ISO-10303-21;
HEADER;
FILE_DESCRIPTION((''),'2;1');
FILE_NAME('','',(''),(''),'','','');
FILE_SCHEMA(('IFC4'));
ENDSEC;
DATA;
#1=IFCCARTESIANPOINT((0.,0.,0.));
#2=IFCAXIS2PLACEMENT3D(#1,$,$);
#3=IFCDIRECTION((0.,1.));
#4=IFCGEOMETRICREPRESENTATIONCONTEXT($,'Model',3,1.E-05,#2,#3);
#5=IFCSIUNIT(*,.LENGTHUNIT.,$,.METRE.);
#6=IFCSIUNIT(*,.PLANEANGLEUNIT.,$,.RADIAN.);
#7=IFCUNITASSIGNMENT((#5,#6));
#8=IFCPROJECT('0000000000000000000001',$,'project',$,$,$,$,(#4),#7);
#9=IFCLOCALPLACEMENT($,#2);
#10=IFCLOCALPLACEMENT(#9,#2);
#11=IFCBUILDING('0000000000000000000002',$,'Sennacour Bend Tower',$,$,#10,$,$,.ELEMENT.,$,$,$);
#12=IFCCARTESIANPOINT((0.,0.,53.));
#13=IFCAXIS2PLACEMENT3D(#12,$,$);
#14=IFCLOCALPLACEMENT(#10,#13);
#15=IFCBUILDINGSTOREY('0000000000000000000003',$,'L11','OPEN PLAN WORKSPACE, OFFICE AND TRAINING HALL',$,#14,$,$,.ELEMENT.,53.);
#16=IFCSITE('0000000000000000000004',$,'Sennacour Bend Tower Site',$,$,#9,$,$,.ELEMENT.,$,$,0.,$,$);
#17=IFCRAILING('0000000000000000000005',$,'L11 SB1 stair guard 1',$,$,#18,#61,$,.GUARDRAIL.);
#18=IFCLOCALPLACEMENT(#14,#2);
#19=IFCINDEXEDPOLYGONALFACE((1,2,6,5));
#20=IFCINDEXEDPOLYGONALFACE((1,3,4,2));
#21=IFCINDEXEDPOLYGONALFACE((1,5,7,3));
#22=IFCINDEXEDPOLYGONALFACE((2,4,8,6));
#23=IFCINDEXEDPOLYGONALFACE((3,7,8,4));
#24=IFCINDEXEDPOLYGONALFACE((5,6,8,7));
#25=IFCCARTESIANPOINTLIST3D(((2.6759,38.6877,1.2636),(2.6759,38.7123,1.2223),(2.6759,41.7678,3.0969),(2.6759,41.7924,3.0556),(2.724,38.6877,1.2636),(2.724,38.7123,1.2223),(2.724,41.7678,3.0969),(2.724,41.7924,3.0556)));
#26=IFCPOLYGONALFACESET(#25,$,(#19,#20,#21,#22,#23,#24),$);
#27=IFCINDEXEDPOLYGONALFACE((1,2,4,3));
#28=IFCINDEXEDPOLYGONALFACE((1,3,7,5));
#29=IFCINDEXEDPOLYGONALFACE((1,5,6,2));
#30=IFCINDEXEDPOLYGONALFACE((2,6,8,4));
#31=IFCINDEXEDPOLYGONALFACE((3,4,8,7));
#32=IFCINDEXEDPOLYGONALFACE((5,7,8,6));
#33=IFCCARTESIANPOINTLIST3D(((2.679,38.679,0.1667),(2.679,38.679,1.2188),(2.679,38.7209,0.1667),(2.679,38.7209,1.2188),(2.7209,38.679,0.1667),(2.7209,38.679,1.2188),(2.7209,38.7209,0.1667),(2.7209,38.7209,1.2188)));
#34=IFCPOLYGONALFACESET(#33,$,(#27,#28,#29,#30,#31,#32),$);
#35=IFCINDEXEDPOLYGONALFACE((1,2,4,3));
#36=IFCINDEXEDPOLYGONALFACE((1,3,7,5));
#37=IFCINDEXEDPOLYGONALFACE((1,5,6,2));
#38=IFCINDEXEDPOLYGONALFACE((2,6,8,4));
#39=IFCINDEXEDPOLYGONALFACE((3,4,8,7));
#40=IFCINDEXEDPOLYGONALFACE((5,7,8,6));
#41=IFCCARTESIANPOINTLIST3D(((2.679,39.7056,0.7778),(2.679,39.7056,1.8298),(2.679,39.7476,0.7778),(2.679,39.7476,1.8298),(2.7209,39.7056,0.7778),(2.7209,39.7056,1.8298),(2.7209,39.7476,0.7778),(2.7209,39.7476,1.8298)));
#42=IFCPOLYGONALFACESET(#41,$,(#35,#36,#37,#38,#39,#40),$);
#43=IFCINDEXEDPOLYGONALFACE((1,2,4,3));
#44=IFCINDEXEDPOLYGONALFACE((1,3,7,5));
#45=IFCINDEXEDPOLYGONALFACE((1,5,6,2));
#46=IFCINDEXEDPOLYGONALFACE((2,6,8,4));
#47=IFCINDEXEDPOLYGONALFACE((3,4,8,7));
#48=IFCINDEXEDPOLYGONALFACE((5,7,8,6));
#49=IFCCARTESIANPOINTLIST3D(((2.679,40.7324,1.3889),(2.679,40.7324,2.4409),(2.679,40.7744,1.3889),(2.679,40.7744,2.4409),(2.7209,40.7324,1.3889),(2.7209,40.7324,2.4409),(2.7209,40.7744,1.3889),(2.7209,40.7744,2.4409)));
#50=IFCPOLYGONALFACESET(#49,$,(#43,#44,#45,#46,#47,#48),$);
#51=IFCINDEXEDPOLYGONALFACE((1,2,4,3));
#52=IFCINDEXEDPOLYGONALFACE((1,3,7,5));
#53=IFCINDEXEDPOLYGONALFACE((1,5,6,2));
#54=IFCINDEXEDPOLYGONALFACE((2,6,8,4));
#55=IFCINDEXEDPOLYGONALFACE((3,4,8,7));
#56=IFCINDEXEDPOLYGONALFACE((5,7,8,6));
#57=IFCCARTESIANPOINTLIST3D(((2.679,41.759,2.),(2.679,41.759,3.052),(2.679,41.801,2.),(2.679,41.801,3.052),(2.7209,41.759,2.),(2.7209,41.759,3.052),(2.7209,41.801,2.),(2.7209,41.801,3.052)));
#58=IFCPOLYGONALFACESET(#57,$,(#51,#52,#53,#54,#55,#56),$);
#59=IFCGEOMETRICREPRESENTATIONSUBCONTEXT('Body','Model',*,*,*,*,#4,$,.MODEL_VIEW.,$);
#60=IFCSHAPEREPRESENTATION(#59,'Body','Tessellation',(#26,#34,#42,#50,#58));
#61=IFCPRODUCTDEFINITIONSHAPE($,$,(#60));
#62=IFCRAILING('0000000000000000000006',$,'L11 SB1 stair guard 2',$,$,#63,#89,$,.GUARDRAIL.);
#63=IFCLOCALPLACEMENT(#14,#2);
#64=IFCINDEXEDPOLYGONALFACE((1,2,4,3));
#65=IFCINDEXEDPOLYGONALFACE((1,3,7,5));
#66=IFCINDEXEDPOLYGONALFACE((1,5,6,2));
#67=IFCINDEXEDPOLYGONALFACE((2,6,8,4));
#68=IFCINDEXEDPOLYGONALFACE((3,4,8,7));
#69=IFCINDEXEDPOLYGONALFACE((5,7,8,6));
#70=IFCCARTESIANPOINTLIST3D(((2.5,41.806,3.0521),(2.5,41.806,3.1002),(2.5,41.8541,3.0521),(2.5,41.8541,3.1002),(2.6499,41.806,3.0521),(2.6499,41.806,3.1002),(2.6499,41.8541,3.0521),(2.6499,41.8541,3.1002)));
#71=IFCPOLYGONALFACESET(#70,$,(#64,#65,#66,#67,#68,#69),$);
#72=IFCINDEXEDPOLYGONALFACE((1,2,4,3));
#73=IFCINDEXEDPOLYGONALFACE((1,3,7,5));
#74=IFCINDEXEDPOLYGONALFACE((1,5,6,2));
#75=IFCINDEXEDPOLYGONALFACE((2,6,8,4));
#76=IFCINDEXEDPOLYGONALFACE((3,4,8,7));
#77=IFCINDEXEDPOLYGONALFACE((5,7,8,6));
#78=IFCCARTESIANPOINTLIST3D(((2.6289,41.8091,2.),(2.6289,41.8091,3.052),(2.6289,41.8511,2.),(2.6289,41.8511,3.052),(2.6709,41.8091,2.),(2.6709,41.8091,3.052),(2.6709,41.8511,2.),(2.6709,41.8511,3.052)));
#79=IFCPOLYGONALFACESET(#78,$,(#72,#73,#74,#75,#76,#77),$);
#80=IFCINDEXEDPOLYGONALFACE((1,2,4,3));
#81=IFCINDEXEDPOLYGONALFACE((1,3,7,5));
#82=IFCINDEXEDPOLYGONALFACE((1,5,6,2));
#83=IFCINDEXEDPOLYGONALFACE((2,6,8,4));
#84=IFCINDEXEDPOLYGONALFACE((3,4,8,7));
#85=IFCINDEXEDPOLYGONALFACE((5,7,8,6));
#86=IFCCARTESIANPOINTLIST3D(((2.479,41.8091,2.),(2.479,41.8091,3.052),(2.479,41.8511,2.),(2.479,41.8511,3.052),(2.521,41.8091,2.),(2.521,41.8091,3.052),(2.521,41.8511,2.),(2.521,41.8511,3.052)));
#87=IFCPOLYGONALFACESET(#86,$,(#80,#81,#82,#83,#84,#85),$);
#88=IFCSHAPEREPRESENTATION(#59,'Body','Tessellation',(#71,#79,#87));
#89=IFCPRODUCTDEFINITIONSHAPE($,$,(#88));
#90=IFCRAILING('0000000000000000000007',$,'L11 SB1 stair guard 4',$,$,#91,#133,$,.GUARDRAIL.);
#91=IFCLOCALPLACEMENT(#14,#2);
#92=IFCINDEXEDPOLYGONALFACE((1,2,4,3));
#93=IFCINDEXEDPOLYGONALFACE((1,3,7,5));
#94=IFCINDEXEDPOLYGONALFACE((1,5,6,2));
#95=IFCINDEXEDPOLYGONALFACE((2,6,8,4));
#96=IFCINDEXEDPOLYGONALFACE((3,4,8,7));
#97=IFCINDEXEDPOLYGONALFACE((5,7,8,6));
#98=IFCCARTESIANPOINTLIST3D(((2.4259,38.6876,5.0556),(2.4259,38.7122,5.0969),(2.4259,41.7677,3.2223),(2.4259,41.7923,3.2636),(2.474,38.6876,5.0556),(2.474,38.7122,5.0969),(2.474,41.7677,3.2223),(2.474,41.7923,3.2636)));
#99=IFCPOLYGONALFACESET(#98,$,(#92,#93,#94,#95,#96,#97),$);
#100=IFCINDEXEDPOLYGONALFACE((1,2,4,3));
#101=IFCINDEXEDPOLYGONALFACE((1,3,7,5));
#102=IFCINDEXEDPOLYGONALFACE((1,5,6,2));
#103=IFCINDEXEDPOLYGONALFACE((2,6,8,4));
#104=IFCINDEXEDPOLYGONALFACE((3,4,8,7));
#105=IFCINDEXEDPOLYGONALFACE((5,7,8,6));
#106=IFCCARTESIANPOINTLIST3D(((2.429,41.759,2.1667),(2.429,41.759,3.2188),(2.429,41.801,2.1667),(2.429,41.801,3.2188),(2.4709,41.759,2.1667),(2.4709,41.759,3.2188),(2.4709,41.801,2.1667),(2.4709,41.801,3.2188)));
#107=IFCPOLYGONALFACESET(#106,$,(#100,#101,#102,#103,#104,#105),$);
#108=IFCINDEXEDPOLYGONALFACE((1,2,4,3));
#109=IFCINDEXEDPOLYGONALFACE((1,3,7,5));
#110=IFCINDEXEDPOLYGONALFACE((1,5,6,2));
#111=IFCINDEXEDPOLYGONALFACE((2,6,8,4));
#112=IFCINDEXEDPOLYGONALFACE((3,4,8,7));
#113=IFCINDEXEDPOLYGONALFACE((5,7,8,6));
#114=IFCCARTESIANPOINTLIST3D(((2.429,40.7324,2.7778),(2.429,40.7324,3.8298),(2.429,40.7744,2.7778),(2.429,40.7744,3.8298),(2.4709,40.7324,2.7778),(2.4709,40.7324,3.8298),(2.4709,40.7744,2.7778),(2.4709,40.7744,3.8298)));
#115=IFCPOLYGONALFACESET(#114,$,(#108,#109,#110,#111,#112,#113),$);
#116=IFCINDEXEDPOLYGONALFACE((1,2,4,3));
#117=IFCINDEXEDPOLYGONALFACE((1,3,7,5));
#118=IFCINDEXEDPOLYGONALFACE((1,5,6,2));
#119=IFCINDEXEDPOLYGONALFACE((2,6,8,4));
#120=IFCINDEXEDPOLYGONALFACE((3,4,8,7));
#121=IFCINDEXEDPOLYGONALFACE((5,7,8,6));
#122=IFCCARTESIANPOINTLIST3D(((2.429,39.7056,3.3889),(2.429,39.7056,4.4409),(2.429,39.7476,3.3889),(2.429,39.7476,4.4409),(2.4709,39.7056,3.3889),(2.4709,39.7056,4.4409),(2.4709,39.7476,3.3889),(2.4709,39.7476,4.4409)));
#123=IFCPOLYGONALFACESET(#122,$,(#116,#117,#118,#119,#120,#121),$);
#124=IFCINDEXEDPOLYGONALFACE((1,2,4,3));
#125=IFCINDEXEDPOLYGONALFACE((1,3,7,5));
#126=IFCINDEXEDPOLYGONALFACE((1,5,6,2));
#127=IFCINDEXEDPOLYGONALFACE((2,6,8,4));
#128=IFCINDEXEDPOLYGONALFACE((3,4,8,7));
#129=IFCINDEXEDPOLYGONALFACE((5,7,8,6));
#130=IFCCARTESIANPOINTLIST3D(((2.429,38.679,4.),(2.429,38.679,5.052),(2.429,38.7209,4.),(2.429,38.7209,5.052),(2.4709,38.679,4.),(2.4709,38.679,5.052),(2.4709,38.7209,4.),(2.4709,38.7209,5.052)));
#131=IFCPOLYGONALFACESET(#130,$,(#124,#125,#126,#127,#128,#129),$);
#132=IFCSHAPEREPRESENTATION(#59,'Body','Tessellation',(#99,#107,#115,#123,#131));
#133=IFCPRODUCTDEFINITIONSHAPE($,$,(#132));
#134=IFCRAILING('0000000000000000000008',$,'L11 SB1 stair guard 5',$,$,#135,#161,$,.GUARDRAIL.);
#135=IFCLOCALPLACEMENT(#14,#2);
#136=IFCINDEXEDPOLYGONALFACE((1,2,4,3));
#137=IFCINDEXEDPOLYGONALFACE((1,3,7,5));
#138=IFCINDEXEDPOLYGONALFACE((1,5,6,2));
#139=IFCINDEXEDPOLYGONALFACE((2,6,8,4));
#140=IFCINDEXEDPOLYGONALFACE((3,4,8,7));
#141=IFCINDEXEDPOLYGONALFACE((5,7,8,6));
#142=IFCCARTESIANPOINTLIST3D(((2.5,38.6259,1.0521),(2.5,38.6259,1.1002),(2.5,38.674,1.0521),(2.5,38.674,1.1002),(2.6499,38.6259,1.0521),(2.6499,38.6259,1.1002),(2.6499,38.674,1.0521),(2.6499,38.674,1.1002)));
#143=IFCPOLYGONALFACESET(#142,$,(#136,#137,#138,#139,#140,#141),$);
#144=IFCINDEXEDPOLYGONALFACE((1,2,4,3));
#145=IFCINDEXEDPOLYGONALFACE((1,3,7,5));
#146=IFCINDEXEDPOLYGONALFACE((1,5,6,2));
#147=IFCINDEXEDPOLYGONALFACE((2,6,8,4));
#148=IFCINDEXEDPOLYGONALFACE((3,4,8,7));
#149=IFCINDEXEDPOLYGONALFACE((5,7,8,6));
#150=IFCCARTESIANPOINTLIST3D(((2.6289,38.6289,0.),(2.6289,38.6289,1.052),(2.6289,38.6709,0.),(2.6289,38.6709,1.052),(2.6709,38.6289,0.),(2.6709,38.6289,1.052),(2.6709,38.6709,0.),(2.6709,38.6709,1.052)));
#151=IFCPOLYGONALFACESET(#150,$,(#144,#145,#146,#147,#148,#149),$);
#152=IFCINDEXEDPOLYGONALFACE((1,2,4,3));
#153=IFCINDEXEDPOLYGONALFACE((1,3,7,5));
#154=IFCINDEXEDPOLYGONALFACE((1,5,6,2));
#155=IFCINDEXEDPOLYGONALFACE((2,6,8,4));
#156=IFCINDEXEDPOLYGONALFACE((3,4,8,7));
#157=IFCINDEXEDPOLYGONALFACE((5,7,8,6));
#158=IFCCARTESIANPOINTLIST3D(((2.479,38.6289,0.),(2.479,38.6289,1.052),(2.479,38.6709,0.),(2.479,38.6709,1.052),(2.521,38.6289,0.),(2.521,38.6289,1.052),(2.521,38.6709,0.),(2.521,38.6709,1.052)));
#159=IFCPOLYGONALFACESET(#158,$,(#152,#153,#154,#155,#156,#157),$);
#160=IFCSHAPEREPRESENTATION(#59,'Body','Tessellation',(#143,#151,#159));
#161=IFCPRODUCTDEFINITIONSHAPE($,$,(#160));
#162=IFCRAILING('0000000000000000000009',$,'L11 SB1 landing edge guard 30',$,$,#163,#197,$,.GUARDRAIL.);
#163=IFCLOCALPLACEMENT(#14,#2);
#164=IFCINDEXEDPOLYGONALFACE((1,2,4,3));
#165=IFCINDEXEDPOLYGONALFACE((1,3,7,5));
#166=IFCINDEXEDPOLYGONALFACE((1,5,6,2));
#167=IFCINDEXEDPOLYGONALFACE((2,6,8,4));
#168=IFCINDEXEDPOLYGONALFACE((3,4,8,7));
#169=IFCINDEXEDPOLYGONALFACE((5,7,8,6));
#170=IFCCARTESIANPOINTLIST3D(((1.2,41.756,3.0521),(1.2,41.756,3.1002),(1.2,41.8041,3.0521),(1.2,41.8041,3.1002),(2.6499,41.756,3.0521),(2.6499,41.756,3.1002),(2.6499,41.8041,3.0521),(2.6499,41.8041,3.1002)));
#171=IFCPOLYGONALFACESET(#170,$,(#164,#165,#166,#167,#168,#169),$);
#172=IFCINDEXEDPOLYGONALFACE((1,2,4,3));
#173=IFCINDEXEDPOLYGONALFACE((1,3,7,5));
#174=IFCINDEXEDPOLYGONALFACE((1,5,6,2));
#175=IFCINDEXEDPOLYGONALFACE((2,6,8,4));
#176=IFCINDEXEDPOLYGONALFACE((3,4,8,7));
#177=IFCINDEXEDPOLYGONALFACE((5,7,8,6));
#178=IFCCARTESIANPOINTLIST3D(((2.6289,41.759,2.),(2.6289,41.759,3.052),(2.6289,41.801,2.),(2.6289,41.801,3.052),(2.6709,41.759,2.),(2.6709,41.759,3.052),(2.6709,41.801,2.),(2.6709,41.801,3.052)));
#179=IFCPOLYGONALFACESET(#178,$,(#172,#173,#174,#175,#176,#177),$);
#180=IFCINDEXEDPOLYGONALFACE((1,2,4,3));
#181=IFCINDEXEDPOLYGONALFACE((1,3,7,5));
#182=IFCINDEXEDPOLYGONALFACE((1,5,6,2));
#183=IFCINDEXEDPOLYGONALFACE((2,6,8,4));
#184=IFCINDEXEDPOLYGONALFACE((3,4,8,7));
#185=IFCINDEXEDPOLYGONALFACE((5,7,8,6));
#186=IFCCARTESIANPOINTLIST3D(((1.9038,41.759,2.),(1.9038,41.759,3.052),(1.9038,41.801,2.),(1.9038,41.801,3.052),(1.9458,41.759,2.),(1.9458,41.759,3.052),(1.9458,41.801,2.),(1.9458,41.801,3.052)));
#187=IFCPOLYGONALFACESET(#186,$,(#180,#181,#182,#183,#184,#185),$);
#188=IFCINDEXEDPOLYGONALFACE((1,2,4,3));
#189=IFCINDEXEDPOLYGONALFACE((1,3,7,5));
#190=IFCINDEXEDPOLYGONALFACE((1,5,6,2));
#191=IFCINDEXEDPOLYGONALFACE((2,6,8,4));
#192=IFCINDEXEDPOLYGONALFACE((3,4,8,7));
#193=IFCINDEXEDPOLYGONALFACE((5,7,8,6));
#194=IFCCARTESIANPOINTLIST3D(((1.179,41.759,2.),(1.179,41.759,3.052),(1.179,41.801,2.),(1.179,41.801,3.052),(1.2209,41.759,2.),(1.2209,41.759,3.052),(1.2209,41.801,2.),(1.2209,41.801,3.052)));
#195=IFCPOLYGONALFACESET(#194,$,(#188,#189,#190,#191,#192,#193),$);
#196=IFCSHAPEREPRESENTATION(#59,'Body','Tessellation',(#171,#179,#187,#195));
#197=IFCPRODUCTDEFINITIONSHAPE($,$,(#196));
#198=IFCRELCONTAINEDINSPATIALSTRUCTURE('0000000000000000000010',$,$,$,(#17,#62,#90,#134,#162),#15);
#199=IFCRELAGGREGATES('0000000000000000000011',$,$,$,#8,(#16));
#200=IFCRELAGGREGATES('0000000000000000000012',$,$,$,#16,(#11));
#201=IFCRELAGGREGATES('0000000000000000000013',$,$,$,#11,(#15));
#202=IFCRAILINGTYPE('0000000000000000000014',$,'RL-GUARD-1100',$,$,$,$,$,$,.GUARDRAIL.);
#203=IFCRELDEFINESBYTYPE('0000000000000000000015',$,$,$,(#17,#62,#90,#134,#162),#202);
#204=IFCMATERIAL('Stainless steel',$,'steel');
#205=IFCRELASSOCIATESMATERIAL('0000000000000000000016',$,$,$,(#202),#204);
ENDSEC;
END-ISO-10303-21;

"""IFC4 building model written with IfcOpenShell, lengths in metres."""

from ifc_helpers import new_model, si_unit, direction, frame, origin, origin_2d, place, context, subcontext, project, spatial, rectangle, extrude, material, type_object, element, save


model = new_model("IFC4")

# Units and contexts
model_context = context("Model", 3, precision=1e-05, world=origin(), true_north=direction((0.0, 1.0)))
body_context = subcontext(model_context, "Body", "Model", "MODEL_VIEW")
ifc_project = project(units=[si_unit("LENGTHUNIT", "METRE"), si_unit("PLANEANGLEUNIT", "RADIAN")], contexts=[model_context])

# Site, building, storey
site_placement = place(None, origin())
site = spatial("IfcSite", under=ifc_project, at=site_placement, Name="Sennacour Bend Tower Site", CompositionType="ELEMENT", RefElevation=0.0)
building_placement = place(site_placement, origin())
building = spatial("IfcBuilding", under=site, at=building_placement, Name="Sennacour Bend Tower", CompositionType="ELEMENT")
storey_placement = place(building_placement, frame((0.0, 0.0, 53.0)))
storey = spatial("IfcBuildingStorey", under=building, at=storey_placement, Name="L11", Description="OPEN PLAN WORKSPACE, OFFICE AND TRAINING HALL", CompositionType="ELEMENT", Elevation=53.0)

# Railings
ifc_material_1 = material(Name="Stainless steel", Category="steel")
railing_type_1 = type_object("IfcRailingType", Name="RL-GUARD-1100", PredefinedType="GUARDRAIL", material=ifc_material_1)
railing_1_placement = place(storey_placement, frame((2.7, 38.7, 0.1667)))
element("IfcRailing", 1, at=railing_1_placement, inside=storey, type_object=railing_type_1, Name="L11 SB1 stair guard 1", PredefinedType="GUARDRAIL", context=body_context, shape_type="SweptSolid", body=[
    extrude(rectangle(XDim=0.0481, YDim=0.0481, at=origin_2d()), frame((0.0, 0.0, 1.0762), z_axis=(0.0, 0.859309, 0.511458), x_axis=(-1.0, 0.0, 0.0)), (0.0, 0.0, 1.0), 3.5845),
    extrude(rectangle(XDim=0.042, YDim=0.042, at=origin_2d()), origin(), (0.0, 0.0, 1.0), 1.052),
    extrude(rectangle(XDim=0.042, YDim=0.042, at=origin_2d()), frame((0.0, 1.0266, 0.6111)), (0.0, 0.0, 1.0), 1.052),
    extrude(rectangle(XDim=0.042, YDim=0.042, at=origin_2d()), frame((0.0, 2.0535, 1.2222)), (0.0, 0.0, 1.0), 1.052),
    extrude(rectangle(XDim=0.042, YDim=0.042, at=origin_2d()), frame((0.0, 3.0801, 1.8333)), (0.0, 0.0, 1.0), 1.052),
])
railing_2_placement = place(storey_placement, frame((2.6499, 41.8301, 2.0)))
element("IfcRailing", 2, at=railing_2_placement, inside=storey, type_object=railing_type_1, Name="L11 SB1 stair guard 2", PredefinedType="GUARDRAIL", context=body_context, shape_type="SweptSolid", body=[
    extrude(rectangle(XDim=0.0481, YDim=0.0481, at=origin_2d()), frame((0.0, 0.0, 1.0762), z_axis=(-1.0, 0.0, 0.0), x_axis=(0.0, -1.0, 0.0)), (0.0, 0.0, 1.0), 0.1499),
    extrude(rectangle(XDim=0.042, YDim=0.042, at=origin_2d()), origin(), (0.0, 0.0, 1.0), 1.052),
    extrude(rectangle(XDim=0.042, YDim=0.042, at=origin_2d()), frame((-0.1499, 0.0, 0.0)), (0.0, 0.0, 1.0), 1.052),
])
railing_3_placement = place(storey_placement, frame((2.45, 41.78, 2.1667)))
element("IfcRailing", 3, at=railing_3_placement, inside=storey, type_object=railing_type_1, Name="L11 SB1 stair guard 4", PredefinedType="GUARDRAIL", context=body_context, shape_type="SweptSolid", body=[
    extrude(rectangle(XDim=0.0481, YDim=0.0481, at=origin_2d()), frame((0.0, 0.0, 1.0762), z_axis=(0.0, -0.859309, 0.511458), x_axis=(1.0, 0.0, 0.0)), (0.0, 0.0, 1.0), 3.5845),
    extrude(rectangle(XDim=0.042, YDim=0.042, at=origin_2d()), origin(), (0.0, 0.0, 1.0), 1.052),
    extrude(rectangle(XDim=0.042, YDim=0.042, at=origin_2d()), frame((0.0, -1.0266, 0.6111)), (0.0, 0.0, 1.0), 1.052),
    extrude(rectangle(XDim=0.042, YDim=0.042, at=origin_2d()), frame((0.0, -2.0535, 1.2222)), (0.0, 0.0, 1.0), 1.052),
    extrude(rectangle(XDim=0.042, YDim=0.042, at=origin_2d()), frame((0.0, -3.0801, 1.8333)), (0.0, 0.0, 1.0), 1.052),
])
railing_4_placement = place(storey_placement, frame((2.6499, 38.6499, 0.0)))
element("IfcRailing", 4, at=railing_4_placement, inside=storey, type_object=railing_type_1, Name="L11 SB1 stair guard 5", PredefinedType="GUARDRAIL", context=body_context, shape_type="SweptSolid", body=[
    extrude(rectangle(XDim=0.0481, YDim=0.0481, at=origin_2d()), frame((0.0, 0.0, 1.0762), z_axis=(-1.0, 0.0, 0.0), x_axis=(0.0, -1.0, 0.0)), (0.0, 0.0, 1.0), 0.1499),
    extrude(rectangle(XDim=0.042, YDim=0.042, at=origin_2d()), origin(), (0.0, 0.0, 1.0), 1.052),
    extrude(rectangle(XDim=0.042, YDim=0.042, at=origin_2d()), frame((-0.1499, 0.0, 0.0)), (0.0, 0.0, 1.0), 1.052),
])
railing_5_placement = place(storey_placement, frame((2.6499, 41.78, 2.0)))
element("IfcRailing", 5, at=railing_5_placement, inside=storey, type_object=railing_type_1, Name="L11 SB1 landing edge guard 30", PredefinedType="GUARDRAIL", context=body_context, shape_type="SweptSolid", body=[
    extrude(rectangle(XDim=0.0481, YDim=0.0481, at=origin_2d()), frame((0.0, 0.0, 1.0762), z_axis=(-1.0, 0.0, 0.0), x_axis=(0.0, -1.0, 0.0)), (0.0, 0.0, 1.0), 1.45),
    extrude(rectangle(XDim=0.042, YDim=0.042, at=origin_2d()), origin(), (0.0, 0.0, 1.0), 1.052),
    extrude(rectangle(XDim=0.042, YDim=0.042, at=origin_2d()), frame((-0.7251, 0.0, 0.0)), (0.0, 0.0, 1.0), 1.052),
    extrude(rectangle(XDim=0.042, YDim=0.042, at=origin_2d()), frame((-1.45, 0.0, 0.0)), (0.0, 0.0, 1.0), 1.052),
])

save(model, "model.ifc")
